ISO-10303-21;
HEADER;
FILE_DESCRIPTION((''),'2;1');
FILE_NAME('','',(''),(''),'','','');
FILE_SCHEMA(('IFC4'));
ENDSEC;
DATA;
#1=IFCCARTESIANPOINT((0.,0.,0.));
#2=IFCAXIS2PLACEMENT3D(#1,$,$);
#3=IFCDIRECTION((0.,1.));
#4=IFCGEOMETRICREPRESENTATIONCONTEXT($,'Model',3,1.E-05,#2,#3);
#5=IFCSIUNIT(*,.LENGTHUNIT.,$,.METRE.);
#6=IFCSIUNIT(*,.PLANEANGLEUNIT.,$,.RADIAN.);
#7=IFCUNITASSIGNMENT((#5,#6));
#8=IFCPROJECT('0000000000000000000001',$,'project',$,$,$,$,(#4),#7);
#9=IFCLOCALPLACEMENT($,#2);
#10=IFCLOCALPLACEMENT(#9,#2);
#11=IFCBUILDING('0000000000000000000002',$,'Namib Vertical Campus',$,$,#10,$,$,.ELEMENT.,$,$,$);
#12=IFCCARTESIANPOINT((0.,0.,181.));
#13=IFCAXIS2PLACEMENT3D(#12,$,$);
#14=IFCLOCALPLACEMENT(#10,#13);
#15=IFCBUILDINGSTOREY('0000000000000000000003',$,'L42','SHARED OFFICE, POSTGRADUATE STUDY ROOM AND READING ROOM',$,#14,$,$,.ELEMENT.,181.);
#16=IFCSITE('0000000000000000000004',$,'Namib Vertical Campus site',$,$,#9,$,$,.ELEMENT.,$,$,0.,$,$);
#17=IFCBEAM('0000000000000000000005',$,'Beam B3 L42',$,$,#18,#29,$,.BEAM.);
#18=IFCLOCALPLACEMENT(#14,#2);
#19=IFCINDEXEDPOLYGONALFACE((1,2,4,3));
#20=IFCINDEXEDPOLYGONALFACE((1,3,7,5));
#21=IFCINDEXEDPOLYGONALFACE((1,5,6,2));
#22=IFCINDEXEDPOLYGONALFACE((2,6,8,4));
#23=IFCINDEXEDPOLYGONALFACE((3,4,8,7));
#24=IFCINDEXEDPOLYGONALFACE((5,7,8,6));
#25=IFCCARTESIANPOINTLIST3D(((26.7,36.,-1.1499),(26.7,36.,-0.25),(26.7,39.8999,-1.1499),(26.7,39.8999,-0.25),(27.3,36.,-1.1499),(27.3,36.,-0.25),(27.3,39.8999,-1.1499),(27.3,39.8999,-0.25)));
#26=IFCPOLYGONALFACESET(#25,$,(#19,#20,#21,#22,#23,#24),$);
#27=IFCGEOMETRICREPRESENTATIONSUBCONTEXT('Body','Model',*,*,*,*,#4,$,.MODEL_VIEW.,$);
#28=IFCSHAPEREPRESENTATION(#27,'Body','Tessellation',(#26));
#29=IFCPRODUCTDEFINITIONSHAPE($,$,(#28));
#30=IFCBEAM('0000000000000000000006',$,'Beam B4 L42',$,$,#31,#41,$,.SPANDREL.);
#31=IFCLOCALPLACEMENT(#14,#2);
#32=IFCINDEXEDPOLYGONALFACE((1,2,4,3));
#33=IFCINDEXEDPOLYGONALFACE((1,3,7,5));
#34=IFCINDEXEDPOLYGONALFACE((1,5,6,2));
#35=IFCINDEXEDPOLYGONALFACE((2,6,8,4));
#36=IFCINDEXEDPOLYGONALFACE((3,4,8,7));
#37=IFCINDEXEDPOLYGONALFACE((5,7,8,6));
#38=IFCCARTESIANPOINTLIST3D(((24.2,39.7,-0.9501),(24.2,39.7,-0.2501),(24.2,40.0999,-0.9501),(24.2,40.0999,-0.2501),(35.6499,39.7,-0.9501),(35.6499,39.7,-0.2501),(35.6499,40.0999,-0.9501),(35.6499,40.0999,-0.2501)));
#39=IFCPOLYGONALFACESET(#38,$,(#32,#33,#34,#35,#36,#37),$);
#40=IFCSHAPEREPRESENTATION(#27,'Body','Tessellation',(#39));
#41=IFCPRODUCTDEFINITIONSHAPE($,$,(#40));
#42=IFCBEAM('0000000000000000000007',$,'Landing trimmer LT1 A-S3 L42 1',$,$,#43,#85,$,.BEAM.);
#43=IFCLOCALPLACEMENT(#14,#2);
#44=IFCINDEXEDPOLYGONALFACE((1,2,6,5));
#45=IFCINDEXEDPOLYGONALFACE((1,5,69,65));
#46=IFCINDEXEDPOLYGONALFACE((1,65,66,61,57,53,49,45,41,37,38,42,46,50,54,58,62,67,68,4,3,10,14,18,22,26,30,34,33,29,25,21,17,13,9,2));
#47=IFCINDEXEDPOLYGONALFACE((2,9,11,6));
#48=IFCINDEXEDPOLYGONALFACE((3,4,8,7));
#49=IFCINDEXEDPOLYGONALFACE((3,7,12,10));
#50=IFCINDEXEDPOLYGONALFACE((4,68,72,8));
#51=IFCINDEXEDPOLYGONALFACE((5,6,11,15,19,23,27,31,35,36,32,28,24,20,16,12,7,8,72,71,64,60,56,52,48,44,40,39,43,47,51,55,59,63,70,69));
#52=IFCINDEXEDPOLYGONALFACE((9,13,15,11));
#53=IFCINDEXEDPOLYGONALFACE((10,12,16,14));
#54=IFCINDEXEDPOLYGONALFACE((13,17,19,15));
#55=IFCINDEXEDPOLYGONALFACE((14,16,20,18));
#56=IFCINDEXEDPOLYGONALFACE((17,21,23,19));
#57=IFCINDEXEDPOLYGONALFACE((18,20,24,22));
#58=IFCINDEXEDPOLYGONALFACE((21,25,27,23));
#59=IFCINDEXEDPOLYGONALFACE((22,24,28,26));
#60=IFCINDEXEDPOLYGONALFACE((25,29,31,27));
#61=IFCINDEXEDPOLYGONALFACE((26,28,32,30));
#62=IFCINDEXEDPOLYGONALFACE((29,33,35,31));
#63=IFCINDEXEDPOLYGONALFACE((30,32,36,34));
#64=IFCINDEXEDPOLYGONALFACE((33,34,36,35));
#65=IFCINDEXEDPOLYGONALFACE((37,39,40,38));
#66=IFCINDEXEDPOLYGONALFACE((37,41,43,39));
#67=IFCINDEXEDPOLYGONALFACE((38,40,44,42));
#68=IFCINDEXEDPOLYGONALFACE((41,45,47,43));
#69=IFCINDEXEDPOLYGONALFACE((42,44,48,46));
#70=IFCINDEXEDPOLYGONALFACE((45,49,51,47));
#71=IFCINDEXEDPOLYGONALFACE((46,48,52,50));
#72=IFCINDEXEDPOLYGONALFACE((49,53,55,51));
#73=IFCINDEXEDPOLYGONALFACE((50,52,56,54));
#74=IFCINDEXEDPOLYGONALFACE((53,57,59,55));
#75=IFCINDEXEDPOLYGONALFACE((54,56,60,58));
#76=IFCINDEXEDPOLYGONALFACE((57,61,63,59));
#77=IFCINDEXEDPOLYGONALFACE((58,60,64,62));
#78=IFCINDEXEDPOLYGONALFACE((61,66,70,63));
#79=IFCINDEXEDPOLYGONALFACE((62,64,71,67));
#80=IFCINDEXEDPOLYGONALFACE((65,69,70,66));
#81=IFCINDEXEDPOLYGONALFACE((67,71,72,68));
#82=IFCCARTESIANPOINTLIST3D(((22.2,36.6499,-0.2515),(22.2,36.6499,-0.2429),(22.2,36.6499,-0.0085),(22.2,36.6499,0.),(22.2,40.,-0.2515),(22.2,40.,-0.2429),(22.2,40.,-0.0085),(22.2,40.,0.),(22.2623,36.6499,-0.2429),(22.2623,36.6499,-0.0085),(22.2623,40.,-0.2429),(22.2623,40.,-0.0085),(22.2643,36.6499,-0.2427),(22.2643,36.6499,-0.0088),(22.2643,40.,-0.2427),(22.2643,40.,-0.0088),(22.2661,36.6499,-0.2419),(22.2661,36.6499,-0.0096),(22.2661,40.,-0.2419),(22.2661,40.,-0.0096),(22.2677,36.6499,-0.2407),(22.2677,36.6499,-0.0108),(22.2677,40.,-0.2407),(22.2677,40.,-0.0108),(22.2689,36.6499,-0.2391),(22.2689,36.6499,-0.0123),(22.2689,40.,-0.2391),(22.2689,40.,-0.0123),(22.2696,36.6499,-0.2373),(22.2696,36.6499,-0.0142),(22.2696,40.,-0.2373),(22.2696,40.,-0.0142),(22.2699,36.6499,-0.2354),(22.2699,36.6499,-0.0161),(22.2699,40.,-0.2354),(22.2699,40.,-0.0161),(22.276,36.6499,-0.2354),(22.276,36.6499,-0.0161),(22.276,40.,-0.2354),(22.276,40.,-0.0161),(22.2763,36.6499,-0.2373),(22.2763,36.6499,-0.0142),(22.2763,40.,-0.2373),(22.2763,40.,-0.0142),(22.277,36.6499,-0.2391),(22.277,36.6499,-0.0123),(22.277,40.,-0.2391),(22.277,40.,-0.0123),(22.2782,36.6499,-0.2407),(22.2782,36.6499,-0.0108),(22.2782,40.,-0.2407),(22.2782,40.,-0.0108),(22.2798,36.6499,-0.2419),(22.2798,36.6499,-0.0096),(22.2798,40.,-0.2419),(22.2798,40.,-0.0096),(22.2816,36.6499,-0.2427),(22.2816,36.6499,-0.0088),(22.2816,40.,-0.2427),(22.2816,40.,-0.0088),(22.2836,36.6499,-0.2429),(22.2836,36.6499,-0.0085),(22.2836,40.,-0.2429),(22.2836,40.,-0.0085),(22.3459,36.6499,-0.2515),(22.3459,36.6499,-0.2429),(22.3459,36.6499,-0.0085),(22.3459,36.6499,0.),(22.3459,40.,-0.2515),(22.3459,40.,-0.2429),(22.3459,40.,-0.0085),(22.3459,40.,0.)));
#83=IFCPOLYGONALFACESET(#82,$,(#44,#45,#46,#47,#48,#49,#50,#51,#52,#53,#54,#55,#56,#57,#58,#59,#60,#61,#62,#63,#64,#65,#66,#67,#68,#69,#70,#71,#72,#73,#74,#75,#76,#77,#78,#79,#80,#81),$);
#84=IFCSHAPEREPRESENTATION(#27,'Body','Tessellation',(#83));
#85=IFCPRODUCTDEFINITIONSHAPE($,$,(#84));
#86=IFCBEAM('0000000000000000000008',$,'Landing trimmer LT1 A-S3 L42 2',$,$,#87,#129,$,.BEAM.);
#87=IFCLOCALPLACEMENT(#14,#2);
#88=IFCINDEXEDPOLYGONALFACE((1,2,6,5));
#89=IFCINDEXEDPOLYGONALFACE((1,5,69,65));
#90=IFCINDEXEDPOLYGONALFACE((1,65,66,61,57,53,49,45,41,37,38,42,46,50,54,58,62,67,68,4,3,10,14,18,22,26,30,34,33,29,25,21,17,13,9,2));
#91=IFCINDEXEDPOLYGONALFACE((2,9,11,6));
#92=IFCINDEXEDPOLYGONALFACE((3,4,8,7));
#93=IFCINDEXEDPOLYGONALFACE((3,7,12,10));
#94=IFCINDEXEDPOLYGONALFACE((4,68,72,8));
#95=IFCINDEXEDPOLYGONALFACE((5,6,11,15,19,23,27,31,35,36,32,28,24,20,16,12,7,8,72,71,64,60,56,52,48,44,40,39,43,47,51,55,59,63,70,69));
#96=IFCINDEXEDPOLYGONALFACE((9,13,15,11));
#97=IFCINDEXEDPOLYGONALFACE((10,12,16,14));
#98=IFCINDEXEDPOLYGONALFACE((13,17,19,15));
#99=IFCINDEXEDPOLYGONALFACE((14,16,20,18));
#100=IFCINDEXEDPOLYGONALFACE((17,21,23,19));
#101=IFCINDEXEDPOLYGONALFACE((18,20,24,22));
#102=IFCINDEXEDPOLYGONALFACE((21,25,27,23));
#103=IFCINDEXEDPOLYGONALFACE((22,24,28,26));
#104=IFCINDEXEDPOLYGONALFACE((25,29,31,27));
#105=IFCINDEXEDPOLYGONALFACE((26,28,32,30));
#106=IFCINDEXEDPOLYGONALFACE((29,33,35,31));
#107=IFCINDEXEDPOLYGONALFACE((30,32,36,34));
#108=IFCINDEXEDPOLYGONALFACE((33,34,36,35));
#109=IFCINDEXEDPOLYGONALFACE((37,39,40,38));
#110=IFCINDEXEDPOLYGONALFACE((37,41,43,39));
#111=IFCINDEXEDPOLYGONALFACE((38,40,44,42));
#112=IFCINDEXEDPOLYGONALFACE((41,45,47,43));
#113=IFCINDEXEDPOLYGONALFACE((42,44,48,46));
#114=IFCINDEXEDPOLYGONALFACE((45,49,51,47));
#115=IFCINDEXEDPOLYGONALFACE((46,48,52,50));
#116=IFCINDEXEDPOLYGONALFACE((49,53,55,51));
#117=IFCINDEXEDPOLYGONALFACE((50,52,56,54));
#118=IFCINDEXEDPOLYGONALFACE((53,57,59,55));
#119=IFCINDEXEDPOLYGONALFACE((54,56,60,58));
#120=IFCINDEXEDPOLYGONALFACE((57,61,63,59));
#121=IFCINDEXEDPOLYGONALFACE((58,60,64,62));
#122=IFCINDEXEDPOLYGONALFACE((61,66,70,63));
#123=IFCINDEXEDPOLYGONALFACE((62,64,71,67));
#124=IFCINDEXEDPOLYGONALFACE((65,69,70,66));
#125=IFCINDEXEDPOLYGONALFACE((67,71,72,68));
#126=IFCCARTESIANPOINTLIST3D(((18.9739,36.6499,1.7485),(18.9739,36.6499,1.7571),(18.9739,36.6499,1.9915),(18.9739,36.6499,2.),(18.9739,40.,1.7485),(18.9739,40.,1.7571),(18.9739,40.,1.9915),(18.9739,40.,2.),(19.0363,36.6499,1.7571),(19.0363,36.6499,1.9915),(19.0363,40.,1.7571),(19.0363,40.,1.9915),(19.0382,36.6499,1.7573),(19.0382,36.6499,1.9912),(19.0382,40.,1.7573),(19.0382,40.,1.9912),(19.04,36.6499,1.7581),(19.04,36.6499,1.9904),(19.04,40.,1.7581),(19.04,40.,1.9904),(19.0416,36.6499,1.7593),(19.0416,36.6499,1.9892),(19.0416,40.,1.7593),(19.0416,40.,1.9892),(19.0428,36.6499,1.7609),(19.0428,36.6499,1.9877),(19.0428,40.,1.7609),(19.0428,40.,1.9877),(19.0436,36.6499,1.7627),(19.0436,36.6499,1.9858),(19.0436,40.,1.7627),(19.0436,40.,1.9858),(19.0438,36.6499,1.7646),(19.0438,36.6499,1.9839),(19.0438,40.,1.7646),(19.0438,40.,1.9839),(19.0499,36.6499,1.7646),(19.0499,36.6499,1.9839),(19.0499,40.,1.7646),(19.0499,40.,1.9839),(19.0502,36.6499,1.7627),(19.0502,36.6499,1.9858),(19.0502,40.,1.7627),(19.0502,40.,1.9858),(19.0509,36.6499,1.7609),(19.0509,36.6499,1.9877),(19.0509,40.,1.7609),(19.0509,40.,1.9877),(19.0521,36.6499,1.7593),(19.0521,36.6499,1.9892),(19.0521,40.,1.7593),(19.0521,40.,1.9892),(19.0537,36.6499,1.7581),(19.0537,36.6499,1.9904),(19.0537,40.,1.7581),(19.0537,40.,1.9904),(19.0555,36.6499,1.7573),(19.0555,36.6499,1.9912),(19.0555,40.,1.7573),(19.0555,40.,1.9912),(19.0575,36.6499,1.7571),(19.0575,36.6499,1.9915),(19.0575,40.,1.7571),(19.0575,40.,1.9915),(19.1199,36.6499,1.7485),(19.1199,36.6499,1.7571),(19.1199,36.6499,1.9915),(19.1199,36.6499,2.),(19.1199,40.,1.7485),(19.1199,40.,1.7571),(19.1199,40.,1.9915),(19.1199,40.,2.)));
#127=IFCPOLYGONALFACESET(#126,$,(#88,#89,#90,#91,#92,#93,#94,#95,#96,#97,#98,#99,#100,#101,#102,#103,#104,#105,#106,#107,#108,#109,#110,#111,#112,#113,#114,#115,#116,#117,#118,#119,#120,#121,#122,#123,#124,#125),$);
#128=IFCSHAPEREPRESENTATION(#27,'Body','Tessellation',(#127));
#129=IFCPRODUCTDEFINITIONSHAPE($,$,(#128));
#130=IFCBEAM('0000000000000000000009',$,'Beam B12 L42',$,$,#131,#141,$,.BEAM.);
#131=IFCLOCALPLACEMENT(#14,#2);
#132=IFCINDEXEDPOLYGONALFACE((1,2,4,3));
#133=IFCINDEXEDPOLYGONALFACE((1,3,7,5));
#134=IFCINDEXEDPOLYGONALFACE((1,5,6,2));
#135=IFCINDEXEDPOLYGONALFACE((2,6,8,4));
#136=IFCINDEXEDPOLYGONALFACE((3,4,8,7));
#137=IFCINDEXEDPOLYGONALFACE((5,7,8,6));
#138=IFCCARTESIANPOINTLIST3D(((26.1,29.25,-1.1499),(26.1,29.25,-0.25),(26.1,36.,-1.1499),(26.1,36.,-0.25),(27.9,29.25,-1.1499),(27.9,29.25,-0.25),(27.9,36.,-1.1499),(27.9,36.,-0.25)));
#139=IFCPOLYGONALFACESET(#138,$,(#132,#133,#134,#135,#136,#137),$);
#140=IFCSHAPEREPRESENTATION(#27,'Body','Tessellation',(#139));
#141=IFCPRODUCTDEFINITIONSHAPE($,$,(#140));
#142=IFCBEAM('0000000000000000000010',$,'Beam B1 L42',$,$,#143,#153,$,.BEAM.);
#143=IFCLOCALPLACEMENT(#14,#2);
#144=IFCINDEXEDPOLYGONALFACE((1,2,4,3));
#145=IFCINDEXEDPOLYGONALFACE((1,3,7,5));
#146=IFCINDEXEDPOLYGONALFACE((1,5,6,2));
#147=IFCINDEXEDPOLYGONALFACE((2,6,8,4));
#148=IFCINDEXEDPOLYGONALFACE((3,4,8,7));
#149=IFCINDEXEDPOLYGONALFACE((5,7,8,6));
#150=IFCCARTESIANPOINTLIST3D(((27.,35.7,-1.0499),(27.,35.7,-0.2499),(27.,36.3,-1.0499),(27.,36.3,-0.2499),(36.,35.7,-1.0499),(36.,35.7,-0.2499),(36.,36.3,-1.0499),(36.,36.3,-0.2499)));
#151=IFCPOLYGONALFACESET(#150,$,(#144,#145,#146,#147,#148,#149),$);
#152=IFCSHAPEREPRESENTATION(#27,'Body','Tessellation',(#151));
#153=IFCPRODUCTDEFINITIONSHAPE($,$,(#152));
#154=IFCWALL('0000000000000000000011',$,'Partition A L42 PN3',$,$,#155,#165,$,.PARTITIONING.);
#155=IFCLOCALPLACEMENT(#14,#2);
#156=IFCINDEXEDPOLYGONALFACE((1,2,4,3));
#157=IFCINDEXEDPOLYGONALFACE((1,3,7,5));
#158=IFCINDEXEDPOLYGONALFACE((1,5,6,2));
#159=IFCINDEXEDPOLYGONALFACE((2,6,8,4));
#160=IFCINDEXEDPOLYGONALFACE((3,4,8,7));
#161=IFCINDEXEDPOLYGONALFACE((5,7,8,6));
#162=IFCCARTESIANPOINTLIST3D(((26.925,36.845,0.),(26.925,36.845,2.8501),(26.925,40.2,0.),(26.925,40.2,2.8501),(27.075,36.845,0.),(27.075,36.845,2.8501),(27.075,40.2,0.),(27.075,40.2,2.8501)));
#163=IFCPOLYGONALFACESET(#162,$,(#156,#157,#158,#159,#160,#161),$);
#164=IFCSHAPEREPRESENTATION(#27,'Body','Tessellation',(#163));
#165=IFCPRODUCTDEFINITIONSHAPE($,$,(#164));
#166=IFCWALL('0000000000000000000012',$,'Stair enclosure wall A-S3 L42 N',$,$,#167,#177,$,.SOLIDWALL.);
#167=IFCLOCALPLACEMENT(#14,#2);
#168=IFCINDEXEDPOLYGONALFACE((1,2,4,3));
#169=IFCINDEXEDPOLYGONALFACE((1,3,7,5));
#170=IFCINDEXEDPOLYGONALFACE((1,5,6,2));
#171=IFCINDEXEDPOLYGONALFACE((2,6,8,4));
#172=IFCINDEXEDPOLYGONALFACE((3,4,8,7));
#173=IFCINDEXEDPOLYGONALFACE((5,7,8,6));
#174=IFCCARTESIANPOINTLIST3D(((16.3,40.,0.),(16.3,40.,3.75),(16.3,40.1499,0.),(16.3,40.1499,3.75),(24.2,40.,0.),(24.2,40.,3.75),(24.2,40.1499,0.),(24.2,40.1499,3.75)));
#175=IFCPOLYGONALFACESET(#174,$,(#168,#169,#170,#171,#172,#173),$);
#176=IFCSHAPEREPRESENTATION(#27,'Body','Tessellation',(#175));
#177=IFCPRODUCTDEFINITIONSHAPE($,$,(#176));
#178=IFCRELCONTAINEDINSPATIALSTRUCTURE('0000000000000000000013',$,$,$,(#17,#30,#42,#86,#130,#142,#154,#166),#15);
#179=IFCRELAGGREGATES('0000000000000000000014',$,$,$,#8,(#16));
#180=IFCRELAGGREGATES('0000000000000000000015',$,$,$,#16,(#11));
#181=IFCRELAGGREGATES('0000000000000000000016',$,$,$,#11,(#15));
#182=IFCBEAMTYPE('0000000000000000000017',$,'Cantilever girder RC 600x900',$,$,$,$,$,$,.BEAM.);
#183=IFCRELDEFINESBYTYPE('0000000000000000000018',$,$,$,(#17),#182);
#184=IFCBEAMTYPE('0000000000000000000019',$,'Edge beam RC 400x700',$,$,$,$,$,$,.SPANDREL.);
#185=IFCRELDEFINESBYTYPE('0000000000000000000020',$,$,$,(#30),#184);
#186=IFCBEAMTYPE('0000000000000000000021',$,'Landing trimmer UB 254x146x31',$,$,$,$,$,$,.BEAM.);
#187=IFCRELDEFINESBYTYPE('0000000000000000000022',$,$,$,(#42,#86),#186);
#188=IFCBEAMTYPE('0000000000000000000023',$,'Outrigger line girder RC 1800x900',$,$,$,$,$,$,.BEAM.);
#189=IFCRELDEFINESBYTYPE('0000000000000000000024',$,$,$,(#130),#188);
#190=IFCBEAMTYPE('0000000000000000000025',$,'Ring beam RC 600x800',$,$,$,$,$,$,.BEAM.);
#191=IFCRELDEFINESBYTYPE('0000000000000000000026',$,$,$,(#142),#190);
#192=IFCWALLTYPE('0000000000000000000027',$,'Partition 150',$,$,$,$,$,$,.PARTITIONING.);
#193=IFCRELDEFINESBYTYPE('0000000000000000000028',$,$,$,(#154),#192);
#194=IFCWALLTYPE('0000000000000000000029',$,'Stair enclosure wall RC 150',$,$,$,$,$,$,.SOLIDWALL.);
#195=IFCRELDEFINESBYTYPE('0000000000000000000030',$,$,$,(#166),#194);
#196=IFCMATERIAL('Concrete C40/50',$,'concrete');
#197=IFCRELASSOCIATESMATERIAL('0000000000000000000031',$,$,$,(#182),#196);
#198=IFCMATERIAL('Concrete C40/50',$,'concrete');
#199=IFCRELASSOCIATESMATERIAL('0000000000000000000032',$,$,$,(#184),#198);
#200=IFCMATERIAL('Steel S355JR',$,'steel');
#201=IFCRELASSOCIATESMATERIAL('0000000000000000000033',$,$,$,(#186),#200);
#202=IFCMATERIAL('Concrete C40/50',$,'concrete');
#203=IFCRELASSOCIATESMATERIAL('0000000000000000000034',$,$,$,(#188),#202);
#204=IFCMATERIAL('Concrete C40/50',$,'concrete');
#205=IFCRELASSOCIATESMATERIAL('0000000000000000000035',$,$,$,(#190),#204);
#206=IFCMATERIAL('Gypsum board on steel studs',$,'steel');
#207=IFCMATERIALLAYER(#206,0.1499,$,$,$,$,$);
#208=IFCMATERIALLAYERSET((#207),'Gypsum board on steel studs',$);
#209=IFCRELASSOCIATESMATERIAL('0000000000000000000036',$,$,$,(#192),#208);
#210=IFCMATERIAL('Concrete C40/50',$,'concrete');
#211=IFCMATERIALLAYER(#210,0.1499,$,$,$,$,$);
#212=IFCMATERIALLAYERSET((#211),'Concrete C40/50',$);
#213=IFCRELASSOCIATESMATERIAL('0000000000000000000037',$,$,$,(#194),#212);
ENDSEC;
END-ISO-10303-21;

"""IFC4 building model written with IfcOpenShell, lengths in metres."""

from ifc_helpers import new_model, si_unit, direction, frame, frame_2d, origin, origin_2d, place, context, subcontext, project, spatial, rectangle, i_section, extrude, material, layer, layer_set, material_profile, profile_set, type_object, element, save


model = new_model("IFC4")

# Units and contexts
model_context = context("Model", 3, precision=1e-05, world=origin(), true_north=direction((0.0, 1.0)))
body_context = subcontext(model_context, "Body", "Model", "MODEL_VIEW")
ifc_project = project(units=[si_unit("LENGTHUNIT", "METRE"), si_unit("PLANEANGLEUNIT", "RADIAN")], contexts=[model_context])

# Site, building, storey
site_placement = place(None, origin())
site = spatial("IfcSite", under=ifc_project, at=site_placement, Name="Namib Vertical Campus site", CompositionType="ELEMENT", RefElevation=0.0)
building_placement = place(site_placement, origin())
building = spatial("IfcBuilding", under=site, at=building_placement, Name="Namib Vertical Campus", CompositionType="ELEMENT")
storey_placement = place(building_placement, frame((0.0, 0.0, 181.0)))
storey = spatial("IfcBuildingStorey", under=building, at=storey_placement, Name="L42", Description="SHARED OFFICE, POSTGRADUATE STUDY ROOM AND READING ROOM", CompositionType="ELEMENT", Elevation=181.0)

# Beams
ifc_material_1 = material(Name="Concrete C40/50", Category="concrete")
ifc_material_profile_1 = material_profile(ifc_material_1, rectangle(XDim=0.6001, YDim=0.8999, at=origin_2d()))
ifc_profile_set_1 = profile_set([ifc_material_profile_1], Name="Concrete C40/50")
beam_type_1 = type_object("IfcBeamType", Name="Cantilever girder RC 600x900", PredefinedType="BEAM", material=ifc_profile_set_1)
beam_1_placement = place(storey_placement, frame((27.0, 36.0, -0.7), z_axis=(0.0, 1.0, 0.0), x_axis=(-1.0, 0.0, 0.0)))
element("IfcBeam", 1, at=beam_1_placement, inside=storey, type_object=beam_type_1, Name="Beam B3 L42", PredefinedType="BEAM", context=body_context, shape_type="SweptSolid", body=[
    extrude(rectangle(XDim=0.6001, YDim=0.8999, at=origin_2d()), origin(), (0.0, 0.0, 1.0), 3.8999),
])
ifc_material_2 = material(Name="Concrete C40/50", Category="concrete")
ifc_material_profile_2 = material_profile(ifc_material_2, rectangle(XDim=0.3999, YDim=0.7, at=origin_2d()))
ifc_profile_set_2 = profile_set([ifc_material_profile_2], Name="Concrete C40/50")
beam_type_2 = type_object("IfcBeamType", Name="Edge beam RC 400x700", PredefinedType="SPANDREL", material=ifc_profile_set_2)
beam_2_placement = place(storey_placement, frame((24.2, 39.8999, -0.6001), z_axis=(1.0, 0.0, 0.0), x_axis=(0.0, 1.0, 0.0)))
element("IfcBeam", 2, at=beam_2_placement, inside=storey, type_object=beam_type_2, Name="Beam B4 L42", PredefinedType="SPANDREL", context=body_context, shape_type="SweptSolid", body=[
    extrude(rectangle(XDim=0.3999, YDim=0.7, at=origin_2d()), origin(), (0.0, 0.0, 1.0), 11.45),
])
ifc_material_3 = material(Name="Steel S355JR", Category="steel")
ifc_material_profile_3 = material_profile(ifc_material_3, i_section(OverallWidth=0.146, OverallDepth=0.2515, WebThickness=0.0061, FlangeThickness=0.0085, FilletRadius=0.0076, at=origin_2d()))
ifc_profile_set_3 = profile_set([ifc_material_profile_3], Name="Steel S355JR")
beam_type_3 = type_object("IfcBeamType", Name="Landing trimmer UB 254x146x31", PredefinedType="BEAM", material=ifc_profile_set_3)
for number, where, z_axis, x_axis, name in (
    (3, (22.2729, 36.6499, -0.1257), (0.0, 1.0, 0.0), (-1.0, 0.0, 0.0), "Landing trimmer LT1 A-S3 L42 1"),
    (4, (19.0469, 36.6499, 1.8743), (0.0, 1.0, 0.0), (-1.0, 0.0, 0.0), "Landing trimmer LT1 A-S3 L42 2"),
):
    element("IfcBeam", number, at=place(storey_placement, frame(where, z_axis=z_axis, x_axis=x_axis)), inside=storey, type_object=beam_type_3, Name=name, PredefinedType="BEAM", context=body_context, shape_type="SweptSolid", body=[
        extrude(i_section(OverallWidth=0.146, OverallDepth=0.2515, WebThickness=0.0061, FlangeThickness=0.0085, FilletRadius=0.0076, at=origin_2d()), origin(), (0.0, 0.0, 1.0), 3.3501),
    ])
ifc_material_4 = material(Name="Concrete C40/50", Category="concrete")
ifc_material_profile_4 = material_profile(ifc_material_4, rectangle(XDim=1.8, YDim=0.8999, at=origin_2d()))
ifc_profile_set_4 = profile_set([ifc_material_profile_4], Name="Concrete C40/50")
beam_type_4 = type_object("IfcBeamType", Name="Outrigger line girder RC 1800x900", PredefinedType="BEAM", material=ifc_profile_set_4)
beam_3_placement = place(storey_placement, frame((27.0, 36.0, -0.7), z_axis=(0.0, -1.0, 0.0), x_axis=(1.0, 0.0, 0.0)))
element("IfcBeam", 5, at=beam_3_placement, inside=storey, type_object=beam_type_4, Name="Beam B12 L42", PredefinedType="BEAM", context=body_context, shape_type="SweptSolid", body=[
    extrude(rectangle(XDim=1.8, YDim=0.8999, at=origin_2d()), origin(), (0.0, 0.0, 1.0), 6.75),
])
ifc_material_5 = material(Name="Concrete C40/50", Category="concrete")
ifc_material_profile_5 = material_profile(ifc_material_5, rectangle(XDim=0.6001, YDim=0.8, at=origin_2d()))
ifc_profile_set_5 = profile_set([ifc_material_profile_5], Name="Concrete C40/50")
beam_type_5 = type_object("IfcBeamType", Name="Ring beam RC 600x800", PredefinedType="BEAM", material=ifc_profile_set_5)
beam_4_placement = place(storey_placement, frame((27.0, 36.0, -0.6499), z_axis=(1.0, 0.0, 0.0), x_axis=(0.0, 1.0, 0.0)))
element("IfcBeam", 6, at=beam_4_placement, inside=storey, type_object=beam_type_5, Name="Beam B1 L42", PredefinedType="BEAM", context=body_context, shape_type="SweptSolid", body=[
    extrude(rectangle(XDim=0.6001, YDim=0.8, at=origin_2d()), origin(), (0.0, 0.0, 1.0), 9.0),
])

# Walls
ifc_material_6 = material(Name="Gypsum board on steel studs", Category="steel")
ifc_layer_1 = layer(ifc_material_6, 0.1499)
ifc_layer_set_1 = layer_set([ifc_layer_1], Name="Gypsum board on steel studs")
wall_type_1 = type_object("IfcWallType", Name="Partition 150", PredefinedType="PARTITIONING", material=ifc_layer_set_1)
wall_1_placement = place(storey_placement, frame((27.0, 36.845, 0.0), z_axis=(0.0, 0.0, 1.0), x_axis=(0.0, 1.0, 0.0)))
element("IfcWall", 7, at=wall_1_placement, inside=storey, type_object=wall_type_1, Name="Partition A L42 PN3", PredefinedType="PARTITIONING", context=body_context, shape_type="SweptSolid", body=[
    extrude(rectangle(XDim=3.355, YDim=0.1499, at=frame_2d((1.6775, 0.0))), origin(), (0.0, 0.0, 1.0), 2.8501),
])
ifc_material_7 = material(Name="Concrete C40/50", Category="concrete")
ifc_layer_2 = layer(ifc_material_7, 0.1499)
ifc_layer_set_2 = layer_set([ifc_layer_2], Name="Concrete C40/50")
wall_type_2 = type_object("IfcWallType", Name="Stair enclosure wall RC 150", PredefinedType="SOLIDWALL", material=ifc_layer_set_2)
wall_2_placement = place(storey_placement, frame((16.3, 40.075, 0.0), z_axis=(0.0, 0.0, 1.0), x_axis=(1.0, 0.0, 0.0)))
element("IfcWall", 8, at=wall_2_placement, inside=storey, type_object=wall_type_2, Name="Stair enclosure wall A-S3 L42 N", PredefinedType="SOLIDWALL", context=body_context, shape_type="SweptSolid", body=[
    extrude(rectangle(XDim=7.8999, YDim=0.1499, at=frame_2d((3.95, 0.0))), origin(), (0.0, 0.0, 1.0), 3.75),
])

save(model, "model.ifc")
